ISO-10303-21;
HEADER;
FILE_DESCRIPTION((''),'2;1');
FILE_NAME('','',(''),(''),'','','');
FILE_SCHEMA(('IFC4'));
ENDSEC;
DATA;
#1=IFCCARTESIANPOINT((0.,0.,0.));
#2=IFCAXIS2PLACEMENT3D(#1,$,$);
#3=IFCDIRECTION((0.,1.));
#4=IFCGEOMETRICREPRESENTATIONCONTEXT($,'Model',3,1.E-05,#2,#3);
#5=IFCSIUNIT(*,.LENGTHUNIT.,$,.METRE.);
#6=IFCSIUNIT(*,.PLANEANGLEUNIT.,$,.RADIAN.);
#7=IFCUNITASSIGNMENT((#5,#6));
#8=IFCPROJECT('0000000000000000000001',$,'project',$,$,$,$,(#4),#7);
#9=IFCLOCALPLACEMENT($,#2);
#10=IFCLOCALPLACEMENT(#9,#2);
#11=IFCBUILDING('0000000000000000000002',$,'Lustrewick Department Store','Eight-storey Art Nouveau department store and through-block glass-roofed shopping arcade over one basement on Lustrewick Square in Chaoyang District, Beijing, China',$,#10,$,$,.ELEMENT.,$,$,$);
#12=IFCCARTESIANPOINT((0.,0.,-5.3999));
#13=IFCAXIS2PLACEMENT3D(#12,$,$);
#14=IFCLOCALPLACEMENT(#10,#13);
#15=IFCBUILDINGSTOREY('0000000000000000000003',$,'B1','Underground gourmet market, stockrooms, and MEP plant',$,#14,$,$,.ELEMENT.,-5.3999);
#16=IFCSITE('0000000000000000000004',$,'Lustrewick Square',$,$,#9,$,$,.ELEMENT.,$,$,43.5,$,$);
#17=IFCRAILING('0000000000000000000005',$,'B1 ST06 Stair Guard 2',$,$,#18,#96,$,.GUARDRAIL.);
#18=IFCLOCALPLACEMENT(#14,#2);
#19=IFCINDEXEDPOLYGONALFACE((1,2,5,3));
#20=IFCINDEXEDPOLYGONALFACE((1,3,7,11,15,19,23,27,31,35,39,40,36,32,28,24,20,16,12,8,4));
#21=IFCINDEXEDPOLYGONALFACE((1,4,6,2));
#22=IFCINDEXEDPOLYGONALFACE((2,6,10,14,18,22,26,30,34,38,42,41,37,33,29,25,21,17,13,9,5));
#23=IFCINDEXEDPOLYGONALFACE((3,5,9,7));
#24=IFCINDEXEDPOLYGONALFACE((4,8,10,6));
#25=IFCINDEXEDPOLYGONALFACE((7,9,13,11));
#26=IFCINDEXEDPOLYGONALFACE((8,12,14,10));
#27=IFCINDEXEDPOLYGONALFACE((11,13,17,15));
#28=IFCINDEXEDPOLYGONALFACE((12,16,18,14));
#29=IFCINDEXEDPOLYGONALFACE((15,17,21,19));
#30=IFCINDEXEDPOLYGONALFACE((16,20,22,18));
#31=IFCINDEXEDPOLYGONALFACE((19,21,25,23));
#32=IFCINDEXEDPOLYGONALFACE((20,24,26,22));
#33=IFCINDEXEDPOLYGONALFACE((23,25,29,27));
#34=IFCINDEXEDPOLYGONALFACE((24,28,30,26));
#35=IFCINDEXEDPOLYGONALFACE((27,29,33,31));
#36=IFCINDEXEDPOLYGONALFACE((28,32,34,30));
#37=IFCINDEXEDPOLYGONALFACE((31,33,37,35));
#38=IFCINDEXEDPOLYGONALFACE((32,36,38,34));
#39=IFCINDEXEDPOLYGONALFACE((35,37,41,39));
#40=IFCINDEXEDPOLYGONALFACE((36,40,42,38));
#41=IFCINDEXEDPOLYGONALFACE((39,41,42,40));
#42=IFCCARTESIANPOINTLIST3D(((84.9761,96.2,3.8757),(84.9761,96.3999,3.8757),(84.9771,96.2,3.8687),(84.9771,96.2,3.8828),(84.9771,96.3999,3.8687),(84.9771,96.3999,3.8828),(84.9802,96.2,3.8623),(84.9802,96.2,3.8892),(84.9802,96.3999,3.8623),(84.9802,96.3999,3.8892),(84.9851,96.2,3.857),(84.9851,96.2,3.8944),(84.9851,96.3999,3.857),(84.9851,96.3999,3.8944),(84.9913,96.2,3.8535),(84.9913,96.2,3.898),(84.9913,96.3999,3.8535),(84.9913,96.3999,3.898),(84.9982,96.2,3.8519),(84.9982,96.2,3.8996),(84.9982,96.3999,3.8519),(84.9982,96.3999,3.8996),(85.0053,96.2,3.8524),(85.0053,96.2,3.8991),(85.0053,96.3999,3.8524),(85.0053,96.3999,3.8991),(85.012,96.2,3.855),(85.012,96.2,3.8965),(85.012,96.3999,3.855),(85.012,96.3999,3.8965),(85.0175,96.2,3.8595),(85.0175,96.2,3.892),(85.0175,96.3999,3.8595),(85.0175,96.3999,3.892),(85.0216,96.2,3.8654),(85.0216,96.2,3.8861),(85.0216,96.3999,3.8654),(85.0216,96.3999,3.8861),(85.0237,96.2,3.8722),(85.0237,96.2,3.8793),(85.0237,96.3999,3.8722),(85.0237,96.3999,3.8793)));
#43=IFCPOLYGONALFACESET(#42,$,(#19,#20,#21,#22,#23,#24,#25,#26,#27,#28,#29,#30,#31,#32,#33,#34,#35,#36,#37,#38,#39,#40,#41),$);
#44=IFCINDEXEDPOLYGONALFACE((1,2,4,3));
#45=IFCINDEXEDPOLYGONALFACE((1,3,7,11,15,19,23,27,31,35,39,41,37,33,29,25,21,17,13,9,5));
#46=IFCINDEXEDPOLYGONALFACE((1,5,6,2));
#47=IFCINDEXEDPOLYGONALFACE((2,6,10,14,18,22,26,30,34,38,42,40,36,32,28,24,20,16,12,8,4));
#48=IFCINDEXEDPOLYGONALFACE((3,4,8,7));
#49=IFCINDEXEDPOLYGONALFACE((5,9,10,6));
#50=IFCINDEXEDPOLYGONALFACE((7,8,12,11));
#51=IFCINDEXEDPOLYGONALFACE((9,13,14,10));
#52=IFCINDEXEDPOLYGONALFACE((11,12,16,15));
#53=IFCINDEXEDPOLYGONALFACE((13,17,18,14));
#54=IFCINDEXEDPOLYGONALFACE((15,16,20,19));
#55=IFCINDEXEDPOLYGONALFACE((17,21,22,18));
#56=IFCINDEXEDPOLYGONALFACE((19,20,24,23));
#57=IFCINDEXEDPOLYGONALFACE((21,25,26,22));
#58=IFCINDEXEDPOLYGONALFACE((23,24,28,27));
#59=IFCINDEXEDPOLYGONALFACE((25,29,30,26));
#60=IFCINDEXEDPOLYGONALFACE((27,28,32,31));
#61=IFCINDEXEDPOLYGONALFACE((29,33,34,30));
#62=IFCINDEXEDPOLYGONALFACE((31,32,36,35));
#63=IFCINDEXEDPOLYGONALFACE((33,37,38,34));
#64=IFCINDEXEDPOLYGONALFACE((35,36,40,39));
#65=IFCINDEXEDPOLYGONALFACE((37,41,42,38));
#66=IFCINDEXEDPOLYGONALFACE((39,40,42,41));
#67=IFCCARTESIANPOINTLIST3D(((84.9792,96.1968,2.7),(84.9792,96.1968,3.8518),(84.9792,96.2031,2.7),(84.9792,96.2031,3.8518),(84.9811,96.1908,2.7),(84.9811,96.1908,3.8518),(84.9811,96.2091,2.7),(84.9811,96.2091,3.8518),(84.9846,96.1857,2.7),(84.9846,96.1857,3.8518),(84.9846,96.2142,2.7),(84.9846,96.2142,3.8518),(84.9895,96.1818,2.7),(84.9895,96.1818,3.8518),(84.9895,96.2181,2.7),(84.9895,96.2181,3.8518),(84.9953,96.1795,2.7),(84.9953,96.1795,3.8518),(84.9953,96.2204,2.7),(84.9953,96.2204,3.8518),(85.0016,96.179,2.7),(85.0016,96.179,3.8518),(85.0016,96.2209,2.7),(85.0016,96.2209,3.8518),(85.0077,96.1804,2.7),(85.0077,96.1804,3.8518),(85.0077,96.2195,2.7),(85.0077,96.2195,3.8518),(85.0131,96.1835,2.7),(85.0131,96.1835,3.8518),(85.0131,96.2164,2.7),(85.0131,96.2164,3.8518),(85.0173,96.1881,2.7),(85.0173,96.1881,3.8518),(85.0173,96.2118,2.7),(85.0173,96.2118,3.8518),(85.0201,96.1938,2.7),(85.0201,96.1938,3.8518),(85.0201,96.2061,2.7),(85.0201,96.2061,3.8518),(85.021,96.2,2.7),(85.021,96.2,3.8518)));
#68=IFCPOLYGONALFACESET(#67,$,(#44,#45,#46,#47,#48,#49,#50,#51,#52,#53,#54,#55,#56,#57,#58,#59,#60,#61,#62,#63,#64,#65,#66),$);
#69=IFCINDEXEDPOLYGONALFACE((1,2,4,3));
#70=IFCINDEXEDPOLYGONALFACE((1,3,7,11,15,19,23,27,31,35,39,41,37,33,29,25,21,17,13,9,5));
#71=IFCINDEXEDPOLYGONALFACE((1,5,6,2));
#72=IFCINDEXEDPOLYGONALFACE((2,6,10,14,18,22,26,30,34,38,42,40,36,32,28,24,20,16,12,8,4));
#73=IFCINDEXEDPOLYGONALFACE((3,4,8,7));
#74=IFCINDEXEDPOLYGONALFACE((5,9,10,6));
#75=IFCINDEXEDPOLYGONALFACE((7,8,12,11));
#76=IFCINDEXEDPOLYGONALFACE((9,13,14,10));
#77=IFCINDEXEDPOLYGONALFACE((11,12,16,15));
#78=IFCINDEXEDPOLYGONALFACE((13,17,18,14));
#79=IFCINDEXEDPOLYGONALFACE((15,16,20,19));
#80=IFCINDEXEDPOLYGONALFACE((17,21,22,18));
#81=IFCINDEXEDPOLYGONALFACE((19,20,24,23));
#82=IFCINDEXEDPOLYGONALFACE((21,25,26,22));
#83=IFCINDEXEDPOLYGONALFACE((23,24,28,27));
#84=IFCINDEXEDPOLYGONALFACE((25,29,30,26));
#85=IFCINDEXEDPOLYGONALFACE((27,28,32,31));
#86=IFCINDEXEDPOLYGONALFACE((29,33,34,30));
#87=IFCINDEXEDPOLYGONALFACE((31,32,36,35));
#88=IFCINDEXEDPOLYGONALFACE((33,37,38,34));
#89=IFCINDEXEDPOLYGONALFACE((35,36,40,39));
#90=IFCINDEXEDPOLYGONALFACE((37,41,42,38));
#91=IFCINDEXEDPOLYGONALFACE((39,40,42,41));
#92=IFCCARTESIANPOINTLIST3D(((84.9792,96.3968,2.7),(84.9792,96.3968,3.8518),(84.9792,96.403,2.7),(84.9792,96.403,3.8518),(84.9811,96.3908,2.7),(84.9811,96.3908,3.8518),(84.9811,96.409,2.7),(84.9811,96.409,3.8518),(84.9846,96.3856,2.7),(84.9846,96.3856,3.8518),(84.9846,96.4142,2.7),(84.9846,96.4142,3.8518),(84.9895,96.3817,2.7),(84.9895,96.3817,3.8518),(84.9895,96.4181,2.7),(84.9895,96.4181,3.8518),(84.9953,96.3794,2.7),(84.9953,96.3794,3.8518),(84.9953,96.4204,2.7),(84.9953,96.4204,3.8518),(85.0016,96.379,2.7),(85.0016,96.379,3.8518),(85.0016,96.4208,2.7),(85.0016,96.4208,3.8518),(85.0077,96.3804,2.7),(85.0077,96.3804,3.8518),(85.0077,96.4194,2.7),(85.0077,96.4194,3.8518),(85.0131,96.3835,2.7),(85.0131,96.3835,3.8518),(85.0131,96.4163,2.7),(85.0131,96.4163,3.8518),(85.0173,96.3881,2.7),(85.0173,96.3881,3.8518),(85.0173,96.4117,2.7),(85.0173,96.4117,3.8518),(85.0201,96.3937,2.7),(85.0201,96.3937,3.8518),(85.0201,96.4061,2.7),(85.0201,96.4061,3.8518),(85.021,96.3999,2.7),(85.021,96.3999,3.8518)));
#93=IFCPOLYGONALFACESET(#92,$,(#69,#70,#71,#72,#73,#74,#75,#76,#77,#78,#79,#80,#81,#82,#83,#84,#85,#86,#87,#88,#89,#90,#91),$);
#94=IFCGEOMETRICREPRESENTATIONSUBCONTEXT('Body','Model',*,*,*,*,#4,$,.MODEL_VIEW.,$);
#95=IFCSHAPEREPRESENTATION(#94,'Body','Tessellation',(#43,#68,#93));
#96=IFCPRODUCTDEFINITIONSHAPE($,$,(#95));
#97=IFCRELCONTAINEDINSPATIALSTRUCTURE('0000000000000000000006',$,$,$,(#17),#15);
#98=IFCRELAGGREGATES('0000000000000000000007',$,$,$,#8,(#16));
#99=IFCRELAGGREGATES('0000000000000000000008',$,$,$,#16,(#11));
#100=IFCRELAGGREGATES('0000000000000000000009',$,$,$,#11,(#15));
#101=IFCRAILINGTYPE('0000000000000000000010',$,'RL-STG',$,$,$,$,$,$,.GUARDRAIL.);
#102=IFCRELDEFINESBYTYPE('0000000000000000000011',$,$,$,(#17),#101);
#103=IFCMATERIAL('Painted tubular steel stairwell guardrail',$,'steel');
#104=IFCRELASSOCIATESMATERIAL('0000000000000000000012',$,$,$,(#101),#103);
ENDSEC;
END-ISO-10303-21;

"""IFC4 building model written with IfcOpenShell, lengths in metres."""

from ifc_helpers import new_model, si_unit, direction, frame, origin, origin_2d, place, context, subcontext, project, spatial, circle, extrude, material, type_object, element, save


model = new_model("IFC4")

# Units and contexts
model_context = context("Model", 3, precision=1e-05, world=origin(), true_north=direction((0.0, 1.0)))
body_context = subcontext(model_context, "Body", "Model", "MODEL_VIEW")
ifc_project = project(units=[si_unit("LENGTHUNIT", "METRE"), si_unit("PLANEANGLEUNIT", "RADIAN")], contexts=[model_context])

# Site, building, storey
site_placement = place(None, origin())
site = spatial("IfcSite", under=ifc_project, at=site_placement, Name="Lustrewick Square", CompositionType="ELEMENT", RefElevation=43.5)
building_placement = place(site_placement, origin())
building = spatial("IfcBuilding", under=site, at=building_placement, Name="Lustrewick Department Store", Description="Eight-storey Art Nouveau department store and through-block glass-roofed shopping arcade over one basement on Lustrewick Square in Chaoyang District, Beijing, China", CompositionType="ELEMENT")
storey_placement = place(building_placement, frame((0.0, 0.0, -5.3999)))
storey = spatial("IfcBuildingStorey", under=building, at=storey_placement, Name="B1", Description="Underground gourmet market, stockrooms, and MEP plant", CompositionType="ELEMENT", Elevation=-5.3999)

# Railing
ifc_material_1 = material(Name="Painted tubular steel stairwell guardrail", Category="steel")
railing_type_1 = type_object("IfcRailingType", Name="RL-STG", PredefinedType="GUARDRAIL", material=ifc_material_1)
railing_1_placement = place(storey_placement, frame((85.0, 96.2, 2.7)))
element("IfcRailing", 1, at=railing_1_placement, inside=storey, type_object=railing_type_1, Name="B1 ST06 Stair Guard 2", PredefinedType="GUARDRAIL", context=body_context, shape_type="SweptSolid", body=[
    extrude(circle(Radius=0.0239, at=origin_2d()), frame((0.0, 0.0, 1.1758), z_axis=(0.0, 1.0, 0.0), x_axis=(-1.0, 0.0, 0.0)), (0.0, 0.0, 1.0), 0.2),
    extrude(circle(Radius=0.021, at=origin_2d()), origin(), (0.0, 0.0, 1.0), 1.1519),
    extrude(circle(Radius=0.021, at=origin_2d()), frame((0.0, 0.2, 0.0)), (0.0, 0.0, 1.0), 1.1519),
])

save(model, "model.ifc")
